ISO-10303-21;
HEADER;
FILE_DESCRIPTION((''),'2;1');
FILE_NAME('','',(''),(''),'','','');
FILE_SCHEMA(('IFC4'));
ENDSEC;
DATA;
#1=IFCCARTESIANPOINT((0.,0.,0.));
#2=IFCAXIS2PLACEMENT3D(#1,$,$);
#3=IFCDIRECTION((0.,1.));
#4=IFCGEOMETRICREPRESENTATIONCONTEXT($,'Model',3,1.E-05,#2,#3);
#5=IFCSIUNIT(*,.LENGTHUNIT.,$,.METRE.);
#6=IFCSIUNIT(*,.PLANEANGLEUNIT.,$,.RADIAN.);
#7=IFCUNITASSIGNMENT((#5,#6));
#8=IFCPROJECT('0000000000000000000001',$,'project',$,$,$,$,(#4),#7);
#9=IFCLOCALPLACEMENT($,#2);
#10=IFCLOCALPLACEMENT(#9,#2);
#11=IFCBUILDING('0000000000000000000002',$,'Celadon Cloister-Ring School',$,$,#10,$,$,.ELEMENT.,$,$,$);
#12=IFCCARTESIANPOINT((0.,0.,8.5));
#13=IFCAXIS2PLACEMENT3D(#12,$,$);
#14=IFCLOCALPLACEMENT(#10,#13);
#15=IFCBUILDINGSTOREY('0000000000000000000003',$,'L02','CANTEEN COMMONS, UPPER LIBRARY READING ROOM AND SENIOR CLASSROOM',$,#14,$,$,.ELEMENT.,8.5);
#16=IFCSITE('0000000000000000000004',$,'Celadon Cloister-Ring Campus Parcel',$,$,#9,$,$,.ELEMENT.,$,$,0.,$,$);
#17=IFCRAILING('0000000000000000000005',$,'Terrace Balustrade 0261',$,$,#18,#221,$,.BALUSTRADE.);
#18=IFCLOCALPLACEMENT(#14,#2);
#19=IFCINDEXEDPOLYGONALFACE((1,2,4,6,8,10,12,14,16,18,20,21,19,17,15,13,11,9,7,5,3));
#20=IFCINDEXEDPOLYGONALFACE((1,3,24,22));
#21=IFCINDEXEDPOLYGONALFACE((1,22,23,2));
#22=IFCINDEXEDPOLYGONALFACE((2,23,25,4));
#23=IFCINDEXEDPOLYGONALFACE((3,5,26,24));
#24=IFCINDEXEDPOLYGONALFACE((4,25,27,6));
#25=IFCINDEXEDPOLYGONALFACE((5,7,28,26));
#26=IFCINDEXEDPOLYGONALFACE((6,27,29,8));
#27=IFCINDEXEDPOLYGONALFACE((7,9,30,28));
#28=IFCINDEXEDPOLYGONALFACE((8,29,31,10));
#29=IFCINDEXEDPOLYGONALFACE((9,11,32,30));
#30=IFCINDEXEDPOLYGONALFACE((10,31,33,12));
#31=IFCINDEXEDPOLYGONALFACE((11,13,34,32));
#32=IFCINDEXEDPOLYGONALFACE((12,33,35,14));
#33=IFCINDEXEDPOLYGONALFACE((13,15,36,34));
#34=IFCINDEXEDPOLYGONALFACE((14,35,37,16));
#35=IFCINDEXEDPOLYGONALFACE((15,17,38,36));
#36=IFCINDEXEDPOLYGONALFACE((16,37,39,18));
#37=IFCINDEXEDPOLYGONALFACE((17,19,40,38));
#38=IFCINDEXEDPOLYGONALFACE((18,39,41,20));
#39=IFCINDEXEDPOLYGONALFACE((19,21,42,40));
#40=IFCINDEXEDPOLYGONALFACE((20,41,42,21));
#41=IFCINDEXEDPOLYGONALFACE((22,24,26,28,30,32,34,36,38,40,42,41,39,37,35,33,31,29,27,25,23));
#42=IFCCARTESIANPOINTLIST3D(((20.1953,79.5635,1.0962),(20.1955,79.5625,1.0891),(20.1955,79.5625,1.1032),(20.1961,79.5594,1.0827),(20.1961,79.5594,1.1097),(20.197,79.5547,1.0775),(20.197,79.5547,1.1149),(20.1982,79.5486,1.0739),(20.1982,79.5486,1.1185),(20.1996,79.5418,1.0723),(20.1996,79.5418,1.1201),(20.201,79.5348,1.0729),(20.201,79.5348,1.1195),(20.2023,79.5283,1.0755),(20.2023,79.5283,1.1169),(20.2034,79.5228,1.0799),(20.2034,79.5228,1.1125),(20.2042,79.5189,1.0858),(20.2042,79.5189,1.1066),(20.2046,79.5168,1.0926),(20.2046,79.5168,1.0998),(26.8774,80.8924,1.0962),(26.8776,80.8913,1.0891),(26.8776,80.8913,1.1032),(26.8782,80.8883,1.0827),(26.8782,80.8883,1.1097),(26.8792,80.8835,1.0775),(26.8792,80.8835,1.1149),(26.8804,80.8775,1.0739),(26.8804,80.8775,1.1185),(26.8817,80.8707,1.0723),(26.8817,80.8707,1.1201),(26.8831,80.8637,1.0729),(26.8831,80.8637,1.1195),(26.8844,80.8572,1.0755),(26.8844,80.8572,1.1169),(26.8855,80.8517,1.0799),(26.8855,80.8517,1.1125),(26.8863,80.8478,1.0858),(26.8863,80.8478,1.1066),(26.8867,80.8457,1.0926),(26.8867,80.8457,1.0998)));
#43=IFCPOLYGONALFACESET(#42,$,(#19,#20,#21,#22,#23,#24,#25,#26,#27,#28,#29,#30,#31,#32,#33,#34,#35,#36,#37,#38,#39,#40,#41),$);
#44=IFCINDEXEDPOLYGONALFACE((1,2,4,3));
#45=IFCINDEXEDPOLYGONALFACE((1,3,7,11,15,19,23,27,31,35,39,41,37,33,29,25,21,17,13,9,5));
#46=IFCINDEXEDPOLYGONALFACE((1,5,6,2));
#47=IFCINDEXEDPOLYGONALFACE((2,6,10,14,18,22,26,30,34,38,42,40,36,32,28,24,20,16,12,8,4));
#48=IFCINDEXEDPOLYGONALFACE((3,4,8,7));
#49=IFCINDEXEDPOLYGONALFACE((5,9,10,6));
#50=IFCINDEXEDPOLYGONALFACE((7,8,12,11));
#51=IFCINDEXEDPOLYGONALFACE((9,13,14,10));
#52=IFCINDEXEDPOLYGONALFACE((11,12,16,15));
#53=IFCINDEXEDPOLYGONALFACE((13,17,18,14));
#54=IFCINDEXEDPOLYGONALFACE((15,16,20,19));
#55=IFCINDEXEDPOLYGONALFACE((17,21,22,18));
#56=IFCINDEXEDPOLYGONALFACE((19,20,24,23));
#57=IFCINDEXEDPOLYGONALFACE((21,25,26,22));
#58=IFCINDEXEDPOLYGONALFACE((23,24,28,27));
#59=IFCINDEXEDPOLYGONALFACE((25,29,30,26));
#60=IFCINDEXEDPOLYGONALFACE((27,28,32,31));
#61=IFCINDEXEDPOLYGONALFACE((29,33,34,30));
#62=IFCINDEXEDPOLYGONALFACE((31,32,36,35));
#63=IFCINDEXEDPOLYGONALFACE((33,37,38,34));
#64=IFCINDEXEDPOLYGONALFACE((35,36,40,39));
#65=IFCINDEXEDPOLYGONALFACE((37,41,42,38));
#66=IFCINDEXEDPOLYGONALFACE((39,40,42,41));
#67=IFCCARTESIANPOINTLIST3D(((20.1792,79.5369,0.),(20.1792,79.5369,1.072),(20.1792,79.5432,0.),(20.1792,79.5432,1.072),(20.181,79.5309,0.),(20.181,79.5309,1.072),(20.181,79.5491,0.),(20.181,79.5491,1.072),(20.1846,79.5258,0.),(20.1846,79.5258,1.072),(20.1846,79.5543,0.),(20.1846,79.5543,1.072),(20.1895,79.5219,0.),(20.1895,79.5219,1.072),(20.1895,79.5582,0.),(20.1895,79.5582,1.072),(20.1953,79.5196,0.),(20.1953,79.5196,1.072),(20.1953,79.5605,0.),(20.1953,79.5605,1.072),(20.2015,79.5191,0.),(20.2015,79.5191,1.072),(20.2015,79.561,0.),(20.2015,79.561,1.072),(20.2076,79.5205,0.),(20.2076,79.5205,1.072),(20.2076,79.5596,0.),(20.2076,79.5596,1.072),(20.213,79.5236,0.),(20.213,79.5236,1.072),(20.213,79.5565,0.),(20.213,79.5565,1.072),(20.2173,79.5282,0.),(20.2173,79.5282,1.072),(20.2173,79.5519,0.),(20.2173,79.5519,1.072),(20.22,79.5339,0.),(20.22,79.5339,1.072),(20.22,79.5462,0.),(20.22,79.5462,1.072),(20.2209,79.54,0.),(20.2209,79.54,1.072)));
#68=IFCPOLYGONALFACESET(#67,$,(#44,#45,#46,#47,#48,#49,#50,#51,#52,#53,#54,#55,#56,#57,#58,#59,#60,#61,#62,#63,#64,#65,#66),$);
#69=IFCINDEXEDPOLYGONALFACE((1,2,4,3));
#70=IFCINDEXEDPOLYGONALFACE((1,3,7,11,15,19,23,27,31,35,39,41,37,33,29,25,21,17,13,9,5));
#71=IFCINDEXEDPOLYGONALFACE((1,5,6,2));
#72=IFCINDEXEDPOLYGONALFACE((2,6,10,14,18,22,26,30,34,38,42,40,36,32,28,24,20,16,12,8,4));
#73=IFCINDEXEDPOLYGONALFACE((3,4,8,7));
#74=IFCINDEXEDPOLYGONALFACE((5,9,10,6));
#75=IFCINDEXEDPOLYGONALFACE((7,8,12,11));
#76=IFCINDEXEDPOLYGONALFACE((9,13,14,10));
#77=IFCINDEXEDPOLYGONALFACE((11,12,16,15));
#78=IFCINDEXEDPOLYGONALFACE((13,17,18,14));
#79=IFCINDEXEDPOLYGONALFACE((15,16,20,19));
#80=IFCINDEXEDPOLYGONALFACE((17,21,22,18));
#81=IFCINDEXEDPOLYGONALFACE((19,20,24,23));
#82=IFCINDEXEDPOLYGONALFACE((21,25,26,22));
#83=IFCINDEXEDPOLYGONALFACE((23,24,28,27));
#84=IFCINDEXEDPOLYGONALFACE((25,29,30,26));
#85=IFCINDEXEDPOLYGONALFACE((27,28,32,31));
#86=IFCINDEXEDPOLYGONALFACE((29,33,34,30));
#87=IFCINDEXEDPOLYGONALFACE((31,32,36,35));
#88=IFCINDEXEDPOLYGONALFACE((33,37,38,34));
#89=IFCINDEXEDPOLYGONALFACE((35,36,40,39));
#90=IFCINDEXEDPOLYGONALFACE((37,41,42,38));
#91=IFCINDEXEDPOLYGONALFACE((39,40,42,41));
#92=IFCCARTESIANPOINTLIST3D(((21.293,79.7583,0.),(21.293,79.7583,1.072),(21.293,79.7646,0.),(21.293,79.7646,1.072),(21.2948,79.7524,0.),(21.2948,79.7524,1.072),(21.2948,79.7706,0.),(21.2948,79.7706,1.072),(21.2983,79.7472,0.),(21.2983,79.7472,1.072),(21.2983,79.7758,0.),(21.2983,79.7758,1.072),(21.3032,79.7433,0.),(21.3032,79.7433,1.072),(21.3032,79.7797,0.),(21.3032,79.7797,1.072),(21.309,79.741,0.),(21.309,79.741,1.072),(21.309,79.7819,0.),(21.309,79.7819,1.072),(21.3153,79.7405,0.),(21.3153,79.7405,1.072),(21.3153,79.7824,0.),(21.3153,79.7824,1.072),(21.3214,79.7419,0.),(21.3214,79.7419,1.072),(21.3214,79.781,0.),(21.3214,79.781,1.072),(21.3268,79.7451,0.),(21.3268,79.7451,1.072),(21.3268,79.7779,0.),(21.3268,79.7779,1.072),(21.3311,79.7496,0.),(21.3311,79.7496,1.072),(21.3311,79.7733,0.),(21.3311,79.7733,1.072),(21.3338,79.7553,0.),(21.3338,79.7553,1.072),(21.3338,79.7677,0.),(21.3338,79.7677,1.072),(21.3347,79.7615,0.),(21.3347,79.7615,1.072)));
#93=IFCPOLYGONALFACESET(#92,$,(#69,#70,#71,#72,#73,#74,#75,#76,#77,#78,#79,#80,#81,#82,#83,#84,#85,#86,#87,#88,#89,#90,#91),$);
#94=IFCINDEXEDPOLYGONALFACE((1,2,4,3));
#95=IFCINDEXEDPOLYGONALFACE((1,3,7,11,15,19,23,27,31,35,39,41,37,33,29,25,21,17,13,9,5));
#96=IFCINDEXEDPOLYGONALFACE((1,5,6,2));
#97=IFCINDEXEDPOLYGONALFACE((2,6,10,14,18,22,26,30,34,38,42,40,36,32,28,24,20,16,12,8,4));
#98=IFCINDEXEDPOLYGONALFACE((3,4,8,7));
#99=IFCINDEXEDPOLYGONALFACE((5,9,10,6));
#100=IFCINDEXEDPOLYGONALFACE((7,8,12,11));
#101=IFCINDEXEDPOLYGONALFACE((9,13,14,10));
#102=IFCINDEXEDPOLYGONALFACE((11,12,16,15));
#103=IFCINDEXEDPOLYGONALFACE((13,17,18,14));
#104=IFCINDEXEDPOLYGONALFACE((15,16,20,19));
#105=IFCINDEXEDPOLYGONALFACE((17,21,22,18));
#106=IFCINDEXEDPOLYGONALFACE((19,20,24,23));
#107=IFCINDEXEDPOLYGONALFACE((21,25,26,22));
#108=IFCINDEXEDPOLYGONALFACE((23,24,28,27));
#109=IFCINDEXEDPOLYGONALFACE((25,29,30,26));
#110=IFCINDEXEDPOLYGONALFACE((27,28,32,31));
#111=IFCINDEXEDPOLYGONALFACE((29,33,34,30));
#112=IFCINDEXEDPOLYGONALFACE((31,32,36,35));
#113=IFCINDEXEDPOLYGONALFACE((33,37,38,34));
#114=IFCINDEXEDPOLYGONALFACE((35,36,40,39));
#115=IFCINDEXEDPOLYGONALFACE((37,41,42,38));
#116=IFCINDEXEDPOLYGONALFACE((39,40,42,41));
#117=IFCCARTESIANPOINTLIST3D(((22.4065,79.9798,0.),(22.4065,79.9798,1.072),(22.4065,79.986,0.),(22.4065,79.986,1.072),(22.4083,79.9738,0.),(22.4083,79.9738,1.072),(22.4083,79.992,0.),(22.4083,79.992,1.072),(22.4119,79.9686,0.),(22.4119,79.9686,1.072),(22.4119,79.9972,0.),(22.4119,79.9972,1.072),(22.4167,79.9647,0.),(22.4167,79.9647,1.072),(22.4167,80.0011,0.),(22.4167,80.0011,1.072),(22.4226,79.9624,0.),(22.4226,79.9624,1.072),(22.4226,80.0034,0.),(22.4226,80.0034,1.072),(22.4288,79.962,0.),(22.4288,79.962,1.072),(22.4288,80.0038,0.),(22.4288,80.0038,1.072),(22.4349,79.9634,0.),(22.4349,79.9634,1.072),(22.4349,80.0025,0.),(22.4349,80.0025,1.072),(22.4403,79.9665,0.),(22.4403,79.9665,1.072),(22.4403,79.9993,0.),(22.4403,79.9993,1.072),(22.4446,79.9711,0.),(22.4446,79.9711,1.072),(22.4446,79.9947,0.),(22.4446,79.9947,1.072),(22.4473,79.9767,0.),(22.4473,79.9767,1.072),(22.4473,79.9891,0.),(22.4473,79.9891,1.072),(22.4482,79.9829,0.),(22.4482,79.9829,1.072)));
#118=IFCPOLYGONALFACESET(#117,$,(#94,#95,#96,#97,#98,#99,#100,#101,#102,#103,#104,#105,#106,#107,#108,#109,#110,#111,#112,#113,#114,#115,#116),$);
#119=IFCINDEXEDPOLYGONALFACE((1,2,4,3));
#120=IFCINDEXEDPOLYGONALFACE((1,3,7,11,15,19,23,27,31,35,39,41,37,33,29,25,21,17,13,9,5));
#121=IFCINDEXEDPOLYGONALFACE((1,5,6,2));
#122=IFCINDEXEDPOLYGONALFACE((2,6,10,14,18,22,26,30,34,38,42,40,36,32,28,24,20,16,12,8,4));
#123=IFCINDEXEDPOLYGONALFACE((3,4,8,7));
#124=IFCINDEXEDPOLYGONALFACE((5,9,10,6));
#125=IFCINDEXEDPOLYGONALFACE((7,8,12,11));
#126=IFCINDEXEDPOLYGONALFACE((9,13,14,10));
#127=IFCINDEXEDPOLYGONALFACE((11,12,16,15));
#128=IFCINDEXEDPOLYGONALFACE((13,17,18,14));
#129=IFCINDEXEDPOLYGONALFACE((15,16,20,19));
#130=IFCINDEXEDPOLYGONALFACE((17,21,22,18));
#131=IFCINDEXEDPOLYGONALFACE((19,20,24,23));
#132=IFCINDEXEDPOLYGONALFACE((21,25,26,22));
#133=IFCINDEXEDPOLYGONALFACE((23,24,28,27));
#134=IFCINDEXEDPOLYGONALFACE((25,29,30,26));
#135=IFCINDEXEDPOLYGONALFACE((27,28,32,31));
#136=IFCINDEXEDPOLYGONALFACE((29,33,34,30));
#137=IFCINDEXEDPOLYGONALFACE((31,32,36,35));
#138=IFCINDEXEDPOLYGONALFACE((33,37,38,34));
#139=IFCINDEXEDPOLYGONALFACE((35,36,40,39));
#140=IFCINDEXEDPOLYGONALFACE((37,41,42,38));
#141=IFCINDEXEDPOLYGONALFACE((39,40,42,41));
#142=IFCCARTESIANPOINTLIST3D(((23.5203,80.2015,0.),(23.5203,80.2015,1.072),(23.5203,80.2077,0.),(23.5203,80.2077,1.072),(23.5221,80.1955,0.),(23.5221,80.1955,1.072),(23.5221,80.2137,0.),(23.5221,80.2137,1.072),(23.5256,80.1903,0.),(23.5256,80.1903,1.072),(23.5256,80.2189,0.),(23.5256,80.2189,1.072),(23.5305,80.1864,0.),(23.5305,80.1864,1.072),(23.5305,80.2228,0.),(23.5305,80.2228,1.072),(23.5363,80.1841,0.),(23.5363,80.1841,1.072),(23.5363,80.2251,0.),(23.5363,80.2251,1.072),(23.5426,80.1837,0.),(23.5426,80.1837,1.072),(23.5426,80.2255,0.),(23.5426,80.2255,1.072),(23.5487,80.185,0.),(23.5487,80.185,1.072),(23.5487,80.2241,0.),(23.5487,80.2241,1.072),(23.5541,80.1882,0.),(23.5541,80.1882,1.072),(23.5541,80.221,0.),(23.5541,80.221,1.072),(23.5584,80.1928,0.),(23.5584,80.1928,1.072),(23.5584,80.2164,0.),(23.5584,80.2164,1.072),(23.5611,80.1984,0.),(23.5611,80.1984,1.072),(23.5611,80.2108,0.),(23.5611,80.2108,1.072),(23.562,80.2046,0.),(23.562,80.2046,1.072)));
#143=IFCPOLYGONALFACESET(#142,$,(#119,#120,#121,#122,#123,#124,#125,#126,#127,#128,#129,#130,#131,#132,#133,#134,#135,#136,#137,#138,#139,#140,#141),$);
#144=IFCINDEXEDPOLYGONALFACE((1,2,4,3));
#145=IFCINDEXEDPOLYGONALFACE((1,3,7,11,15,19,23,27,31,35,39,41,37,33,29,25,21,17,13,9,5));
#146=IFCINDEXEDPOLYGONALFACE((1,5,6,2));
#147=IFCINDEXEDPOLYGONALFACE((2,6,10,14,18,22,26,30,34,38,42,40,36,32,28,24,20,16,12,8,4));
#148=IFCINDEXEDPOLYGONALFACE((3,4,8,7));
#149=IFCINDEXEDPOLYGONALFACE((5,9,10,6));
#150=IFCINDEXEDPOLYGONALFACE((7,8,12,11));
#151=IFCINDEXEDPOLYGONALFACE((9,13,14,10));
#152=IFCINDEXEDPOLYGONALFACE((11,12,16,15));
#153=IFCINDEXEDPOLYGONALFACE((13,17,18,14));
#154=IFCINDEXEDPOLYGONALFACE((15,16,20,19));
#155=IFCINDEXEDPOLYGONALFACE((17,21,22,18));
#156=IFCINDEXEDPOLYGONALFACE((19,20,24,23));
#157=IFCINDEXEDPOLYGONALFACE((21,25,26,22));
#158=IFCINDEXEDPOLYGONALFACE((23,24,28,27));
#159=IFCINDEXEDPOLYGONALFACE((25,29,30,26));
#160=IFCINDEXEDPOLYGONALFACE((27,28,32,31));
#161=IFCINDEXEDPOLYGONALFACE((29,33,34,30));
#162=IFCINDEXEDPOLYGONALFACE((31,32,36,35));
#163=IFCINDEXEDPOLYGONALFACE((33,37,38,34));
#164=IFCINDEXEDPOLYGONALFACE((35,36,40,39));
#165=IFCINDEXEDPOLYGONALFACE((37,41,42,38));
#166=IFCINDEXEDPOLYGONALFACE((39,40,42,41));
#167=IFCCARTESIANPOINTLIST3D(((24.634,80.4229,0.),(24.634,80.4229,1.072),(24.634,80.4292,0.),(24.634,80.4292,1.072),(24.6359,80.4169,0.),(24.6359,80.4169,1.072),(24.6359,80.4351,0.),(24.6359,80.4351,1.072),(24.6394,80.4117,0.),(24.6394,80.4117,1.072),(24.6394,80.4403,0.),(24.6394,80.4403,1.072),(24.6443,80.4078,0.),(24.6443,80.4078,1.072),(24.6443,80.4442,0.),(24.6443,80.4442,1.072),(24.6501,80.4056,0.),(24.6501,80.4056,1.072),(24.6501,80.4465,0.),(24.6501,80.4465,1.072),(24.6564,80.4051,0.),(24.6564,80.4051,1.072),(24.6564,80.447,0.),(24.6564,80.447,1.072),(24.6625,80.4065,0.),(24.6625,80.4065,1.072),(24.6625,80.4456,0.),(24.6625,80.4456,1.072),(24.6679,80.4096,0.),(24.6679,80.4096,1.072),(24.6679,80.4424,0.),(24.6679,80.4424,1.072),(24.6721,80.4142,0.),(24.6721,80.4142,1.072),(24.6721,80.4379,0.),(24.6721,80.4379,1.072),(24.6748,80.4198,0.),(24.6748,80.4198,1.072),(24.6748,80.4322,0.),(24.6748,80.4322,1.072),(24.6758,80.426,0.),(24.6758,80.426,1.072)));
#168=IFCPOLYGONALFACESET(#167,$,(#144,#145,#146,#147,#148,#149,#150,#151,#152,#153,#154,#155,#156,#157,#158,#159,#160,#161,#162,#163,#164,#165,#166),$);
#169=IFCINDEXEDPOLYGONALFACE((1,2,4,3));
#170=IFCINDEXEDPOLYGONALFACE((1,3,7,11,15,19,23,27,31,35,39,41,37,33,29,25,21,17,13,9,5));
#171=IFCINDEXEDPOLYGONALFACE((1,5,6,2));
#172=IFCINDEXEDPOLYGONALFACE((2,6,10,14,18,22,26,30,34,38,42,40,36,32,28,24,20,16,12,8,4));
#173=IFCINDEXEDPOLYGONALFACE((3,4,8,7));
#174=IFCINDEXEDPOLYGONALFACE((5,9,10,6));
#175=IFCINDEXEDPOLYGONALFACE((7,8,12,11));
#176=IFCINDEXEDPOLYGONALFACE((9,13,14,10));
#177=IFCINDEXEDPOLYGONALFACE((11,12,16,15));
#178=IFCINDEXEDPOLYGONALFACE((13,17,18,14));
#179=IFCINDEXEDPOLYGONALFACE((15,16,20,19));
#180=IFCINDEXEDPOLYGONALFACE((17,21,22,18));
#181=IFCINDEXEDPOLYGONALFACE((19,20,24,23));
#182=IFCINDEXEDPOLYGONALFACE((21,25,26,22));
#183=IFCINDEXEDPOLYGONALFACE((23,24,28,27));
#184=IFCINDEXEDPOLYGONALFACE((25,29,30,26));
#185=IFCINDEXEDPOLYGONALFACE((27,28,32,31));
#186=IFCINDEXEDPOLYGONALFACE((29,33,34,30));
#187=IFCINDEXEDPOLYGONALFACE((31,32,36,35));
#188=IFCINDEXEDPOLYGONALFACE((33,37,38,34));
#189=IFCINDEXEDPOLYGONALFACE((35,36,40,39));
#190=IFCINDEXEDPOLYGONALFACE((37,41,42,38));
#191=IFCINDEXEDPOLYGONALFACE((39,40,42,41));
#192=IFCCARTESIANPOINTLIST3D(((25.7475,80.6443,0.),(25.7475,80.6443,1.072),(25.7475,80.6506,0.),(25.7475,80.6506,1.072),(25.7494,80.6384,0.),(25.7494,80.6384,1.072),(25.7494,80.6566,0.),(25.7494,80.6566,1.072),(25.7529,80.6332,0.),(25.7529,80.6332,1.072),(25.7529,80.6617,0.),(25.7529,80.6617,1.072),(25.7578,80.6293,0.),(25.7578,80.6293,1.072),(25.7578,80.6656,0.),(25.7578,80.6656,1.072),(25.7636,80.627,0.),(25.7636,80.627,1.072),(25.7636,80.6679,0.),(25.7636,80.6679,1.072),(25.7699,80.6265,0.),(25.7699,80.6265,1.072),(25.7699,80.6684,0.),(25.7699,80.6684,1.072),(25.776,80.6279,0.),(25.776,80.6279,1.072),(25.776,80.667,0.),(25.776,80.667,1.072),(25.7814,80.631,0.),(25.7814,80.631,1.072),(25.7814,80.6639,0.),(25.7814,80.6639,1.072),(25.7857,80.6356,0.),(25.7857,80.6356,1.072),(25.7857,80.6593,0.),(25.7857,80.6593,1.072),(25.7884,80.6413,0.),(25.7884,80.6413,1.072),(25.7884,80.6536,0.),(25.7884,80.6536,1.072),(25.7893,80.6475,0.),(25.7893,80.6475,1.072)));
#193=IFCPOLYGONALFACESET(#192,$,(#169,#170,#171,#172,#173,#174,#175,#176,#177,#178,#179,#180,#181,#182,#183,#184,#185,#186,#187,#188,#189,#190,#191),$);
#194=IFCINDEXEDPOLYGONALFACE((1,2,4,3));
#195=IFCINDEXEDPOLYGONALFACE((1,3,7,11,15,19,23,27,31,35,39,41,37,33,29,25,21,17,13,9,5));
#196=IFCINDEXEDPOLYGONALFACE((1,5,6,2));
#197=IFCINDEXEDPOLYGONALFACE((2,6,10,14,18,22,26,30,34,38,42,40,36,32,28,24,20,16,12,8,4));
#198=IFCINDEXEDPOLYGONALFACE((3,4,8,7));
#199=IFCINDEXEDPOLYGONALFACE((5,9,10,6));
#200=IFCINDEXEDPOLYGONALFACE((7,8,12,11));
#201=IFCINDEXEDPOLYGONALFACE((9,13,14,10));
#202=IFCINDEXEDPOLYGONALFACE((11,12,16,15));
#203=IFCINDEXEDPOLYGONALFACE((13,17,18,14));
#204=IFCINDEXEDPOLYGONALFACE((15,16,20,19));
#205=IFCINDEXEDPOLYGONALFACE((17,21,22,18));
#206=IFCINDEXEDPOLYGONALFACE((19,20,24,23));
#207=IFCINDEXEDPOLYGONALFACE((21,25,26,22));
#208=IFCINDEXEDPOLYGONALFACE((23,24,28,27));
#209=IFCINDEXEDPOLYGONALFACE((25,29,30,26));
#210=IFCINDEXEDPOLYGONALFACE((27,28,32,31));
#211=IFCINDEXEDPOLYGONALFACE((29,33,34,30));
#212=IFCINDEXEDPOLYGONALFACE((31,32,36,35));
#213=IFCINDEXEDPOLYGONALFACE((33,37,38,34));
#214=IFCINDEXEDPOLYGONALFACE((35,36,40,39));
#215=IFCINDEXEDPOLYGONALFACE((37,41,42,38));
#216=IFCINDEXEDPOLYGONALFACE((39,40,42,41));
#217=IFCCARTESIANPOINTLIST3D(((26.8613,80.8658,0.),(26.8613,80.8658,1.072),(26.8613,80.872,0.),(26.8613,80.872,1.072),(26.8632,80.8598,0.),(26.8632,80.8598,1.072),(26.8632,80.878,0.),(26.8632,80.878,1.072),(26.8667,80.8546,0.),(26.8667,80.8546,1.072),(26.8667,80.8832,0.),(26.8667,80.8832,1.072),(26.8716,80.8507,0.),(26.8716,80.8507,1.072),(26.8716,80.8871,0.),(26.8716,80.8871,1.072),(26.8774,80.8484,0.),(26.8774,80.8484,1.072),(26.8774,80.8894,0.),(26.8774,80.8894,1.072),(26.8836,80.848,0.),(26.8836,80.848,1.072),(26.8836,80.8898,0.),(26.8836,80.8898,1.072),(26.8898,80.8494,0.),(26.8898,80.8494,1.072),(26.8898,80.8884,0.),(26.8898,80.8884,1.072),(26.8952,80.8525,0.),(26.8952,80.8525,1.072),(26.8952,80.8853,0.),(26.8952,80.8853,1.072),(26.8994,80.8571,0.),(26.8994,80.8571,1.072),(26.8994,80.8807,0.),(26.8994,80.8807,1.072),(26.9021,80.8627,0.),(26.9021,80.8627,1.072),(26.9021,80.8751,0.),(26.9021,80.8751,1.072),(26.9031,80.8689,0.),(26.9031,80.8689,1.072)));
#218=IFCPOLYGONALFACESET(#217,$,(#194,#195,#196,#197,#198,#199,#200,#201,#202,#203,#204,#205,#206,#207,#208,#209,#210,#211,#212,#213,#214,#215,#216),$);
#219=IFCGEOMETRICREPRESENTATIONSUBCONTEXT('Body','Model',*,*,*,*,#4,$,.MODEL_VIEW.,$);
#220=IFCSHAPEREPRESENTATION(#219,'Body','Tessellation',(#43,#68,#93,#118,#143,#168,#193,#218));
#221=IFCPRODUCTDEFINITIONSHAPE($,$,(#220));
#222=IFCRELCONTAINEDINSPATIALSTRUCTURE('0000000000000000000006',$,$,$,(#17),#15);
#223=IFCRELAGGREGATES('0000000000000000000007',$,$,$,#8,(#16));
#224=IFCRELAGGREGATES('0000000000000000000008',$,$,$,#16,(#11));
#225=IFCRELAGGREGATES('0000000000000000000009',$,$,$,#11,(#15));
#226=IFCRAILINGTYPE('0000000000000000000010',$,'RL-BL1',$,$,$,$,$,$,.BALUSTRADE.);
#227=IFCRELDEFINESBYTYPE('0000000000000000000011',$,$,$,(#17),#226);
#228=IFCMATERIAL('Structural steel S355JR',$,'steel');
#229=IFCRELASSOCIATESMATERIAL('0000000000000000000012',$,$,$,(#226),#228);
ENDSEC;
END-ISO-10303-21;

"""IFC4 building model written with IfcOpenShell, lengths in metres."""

from ifc_helpers import new_model, si_unit, direction, frame, origin, origin_2d, place, context, subcontext, project, spatial, circle, extrude, material, type_object, element, save


model = new_model("IFC4")

# Units and contexts
model_context = context("Model", 3, precision=1e-05, world=origin(), true_north=direction((0.0, 1.0)))
body_context = subcontext(model_context, "Body", "Model", "MODEL_VIEW")
ifc_project = project(units=[si_unit("LENGTHUNIT", "METRE"), si_unit("PLANEANGLEUNIT", "RADIAN")], contexts=[model_context])

# Site, building, storey
site_placement = place(None, origin())
site = spatial("IfcSite", under=ifc_project, at=site_placement, Name="Celadon Cloister-Ring Campus Parcel", CompositionType="ELEMENT", RefElevation=0.0)
building_placement = place(site_placement, origin())
building = spatial("IfcBuilding", under=site, at=building_placement, Name="Celadon Cloister-Ring School", CompositionType="ELEMENT")
storey_placement = place(building_placement, frame((0.0, 0.0, 8.5)))
storey = spatial("IfcBuildingStorey", under=building, at=storey_placement, Name="L02", Description="CANTEEN COMMONS, UPPER LIBRARY READING ROOM AND SENIOR CLASSROOM", CompositionType="ELEMENT", Elevation=8.5)

# Railing
ifc_material_1 = material(Name="Structural steel S355JR", Category="steel")
railing_type = type_object("IfcRailingType", Name="RL-BL1", PredefinedType="BALUSTRADE", material=ifc_material_1)
railing_placement = place(storey_placement, frame((20.2, 79.54, 0.0)))
element("IfcRailing", 1, at=railing_placement, inside=storey, type_object=railing_type, Name="Terrace Balustrade 0261", PredefinedType="BALUSTRADE", context=body_context, shape_type="SweptSolid", body=[
    extrude(circle(Radius=0.0239, at=origin_2d()), frame((0.0, 0.0, 1.0962), z_axis=(0.980794, 0.195048, 0.0), x_axis=(-0.195048, 0.980794, 0.0)), (0.0, 0.0, 1.0), 6.813),
    extrude(circle(Radius=0.021, at=origin_2d()), origin(), (0.0, 0.0, 1.0), 1.072),
    extrude(circle(Radius=0.021, at=origin_2d()), frame((1.1138, 0.2214, 0.0)), (0.0, 0.0, 1.0), 1.072),
    extrude(circle(Radius=0.021, at=origin_2d()), frame((2.2273, 0.4429, 0.0)), (0.0, 0.0, 1.0), 1.072),
    extrude(circle(Radius=0.021, at=origin_2d()), frame((3.3411, 0.6646, 0.0)), (0.0, 0.0, 1.0), 1.072),
    extrude(circle(Radius=0.021, at=origin_2d()), frame((4.4548, 0.886, 0.0)), (0.0, 0.0, 1.0), 1.072),
    extrude(circle(Radius=0.021, at=origin_2d()), frame((5.5684, 1.1074, 0.0)), (0.0, 0.0, 1.0), 1.072),
    extrude(circle(Radius=0.021, at=origin_2d()), frame((6.6821, 1.3289, 0.0)), (0.0, 0.0, 1.0), 1.072),
])

save(model, "model.ifc")
